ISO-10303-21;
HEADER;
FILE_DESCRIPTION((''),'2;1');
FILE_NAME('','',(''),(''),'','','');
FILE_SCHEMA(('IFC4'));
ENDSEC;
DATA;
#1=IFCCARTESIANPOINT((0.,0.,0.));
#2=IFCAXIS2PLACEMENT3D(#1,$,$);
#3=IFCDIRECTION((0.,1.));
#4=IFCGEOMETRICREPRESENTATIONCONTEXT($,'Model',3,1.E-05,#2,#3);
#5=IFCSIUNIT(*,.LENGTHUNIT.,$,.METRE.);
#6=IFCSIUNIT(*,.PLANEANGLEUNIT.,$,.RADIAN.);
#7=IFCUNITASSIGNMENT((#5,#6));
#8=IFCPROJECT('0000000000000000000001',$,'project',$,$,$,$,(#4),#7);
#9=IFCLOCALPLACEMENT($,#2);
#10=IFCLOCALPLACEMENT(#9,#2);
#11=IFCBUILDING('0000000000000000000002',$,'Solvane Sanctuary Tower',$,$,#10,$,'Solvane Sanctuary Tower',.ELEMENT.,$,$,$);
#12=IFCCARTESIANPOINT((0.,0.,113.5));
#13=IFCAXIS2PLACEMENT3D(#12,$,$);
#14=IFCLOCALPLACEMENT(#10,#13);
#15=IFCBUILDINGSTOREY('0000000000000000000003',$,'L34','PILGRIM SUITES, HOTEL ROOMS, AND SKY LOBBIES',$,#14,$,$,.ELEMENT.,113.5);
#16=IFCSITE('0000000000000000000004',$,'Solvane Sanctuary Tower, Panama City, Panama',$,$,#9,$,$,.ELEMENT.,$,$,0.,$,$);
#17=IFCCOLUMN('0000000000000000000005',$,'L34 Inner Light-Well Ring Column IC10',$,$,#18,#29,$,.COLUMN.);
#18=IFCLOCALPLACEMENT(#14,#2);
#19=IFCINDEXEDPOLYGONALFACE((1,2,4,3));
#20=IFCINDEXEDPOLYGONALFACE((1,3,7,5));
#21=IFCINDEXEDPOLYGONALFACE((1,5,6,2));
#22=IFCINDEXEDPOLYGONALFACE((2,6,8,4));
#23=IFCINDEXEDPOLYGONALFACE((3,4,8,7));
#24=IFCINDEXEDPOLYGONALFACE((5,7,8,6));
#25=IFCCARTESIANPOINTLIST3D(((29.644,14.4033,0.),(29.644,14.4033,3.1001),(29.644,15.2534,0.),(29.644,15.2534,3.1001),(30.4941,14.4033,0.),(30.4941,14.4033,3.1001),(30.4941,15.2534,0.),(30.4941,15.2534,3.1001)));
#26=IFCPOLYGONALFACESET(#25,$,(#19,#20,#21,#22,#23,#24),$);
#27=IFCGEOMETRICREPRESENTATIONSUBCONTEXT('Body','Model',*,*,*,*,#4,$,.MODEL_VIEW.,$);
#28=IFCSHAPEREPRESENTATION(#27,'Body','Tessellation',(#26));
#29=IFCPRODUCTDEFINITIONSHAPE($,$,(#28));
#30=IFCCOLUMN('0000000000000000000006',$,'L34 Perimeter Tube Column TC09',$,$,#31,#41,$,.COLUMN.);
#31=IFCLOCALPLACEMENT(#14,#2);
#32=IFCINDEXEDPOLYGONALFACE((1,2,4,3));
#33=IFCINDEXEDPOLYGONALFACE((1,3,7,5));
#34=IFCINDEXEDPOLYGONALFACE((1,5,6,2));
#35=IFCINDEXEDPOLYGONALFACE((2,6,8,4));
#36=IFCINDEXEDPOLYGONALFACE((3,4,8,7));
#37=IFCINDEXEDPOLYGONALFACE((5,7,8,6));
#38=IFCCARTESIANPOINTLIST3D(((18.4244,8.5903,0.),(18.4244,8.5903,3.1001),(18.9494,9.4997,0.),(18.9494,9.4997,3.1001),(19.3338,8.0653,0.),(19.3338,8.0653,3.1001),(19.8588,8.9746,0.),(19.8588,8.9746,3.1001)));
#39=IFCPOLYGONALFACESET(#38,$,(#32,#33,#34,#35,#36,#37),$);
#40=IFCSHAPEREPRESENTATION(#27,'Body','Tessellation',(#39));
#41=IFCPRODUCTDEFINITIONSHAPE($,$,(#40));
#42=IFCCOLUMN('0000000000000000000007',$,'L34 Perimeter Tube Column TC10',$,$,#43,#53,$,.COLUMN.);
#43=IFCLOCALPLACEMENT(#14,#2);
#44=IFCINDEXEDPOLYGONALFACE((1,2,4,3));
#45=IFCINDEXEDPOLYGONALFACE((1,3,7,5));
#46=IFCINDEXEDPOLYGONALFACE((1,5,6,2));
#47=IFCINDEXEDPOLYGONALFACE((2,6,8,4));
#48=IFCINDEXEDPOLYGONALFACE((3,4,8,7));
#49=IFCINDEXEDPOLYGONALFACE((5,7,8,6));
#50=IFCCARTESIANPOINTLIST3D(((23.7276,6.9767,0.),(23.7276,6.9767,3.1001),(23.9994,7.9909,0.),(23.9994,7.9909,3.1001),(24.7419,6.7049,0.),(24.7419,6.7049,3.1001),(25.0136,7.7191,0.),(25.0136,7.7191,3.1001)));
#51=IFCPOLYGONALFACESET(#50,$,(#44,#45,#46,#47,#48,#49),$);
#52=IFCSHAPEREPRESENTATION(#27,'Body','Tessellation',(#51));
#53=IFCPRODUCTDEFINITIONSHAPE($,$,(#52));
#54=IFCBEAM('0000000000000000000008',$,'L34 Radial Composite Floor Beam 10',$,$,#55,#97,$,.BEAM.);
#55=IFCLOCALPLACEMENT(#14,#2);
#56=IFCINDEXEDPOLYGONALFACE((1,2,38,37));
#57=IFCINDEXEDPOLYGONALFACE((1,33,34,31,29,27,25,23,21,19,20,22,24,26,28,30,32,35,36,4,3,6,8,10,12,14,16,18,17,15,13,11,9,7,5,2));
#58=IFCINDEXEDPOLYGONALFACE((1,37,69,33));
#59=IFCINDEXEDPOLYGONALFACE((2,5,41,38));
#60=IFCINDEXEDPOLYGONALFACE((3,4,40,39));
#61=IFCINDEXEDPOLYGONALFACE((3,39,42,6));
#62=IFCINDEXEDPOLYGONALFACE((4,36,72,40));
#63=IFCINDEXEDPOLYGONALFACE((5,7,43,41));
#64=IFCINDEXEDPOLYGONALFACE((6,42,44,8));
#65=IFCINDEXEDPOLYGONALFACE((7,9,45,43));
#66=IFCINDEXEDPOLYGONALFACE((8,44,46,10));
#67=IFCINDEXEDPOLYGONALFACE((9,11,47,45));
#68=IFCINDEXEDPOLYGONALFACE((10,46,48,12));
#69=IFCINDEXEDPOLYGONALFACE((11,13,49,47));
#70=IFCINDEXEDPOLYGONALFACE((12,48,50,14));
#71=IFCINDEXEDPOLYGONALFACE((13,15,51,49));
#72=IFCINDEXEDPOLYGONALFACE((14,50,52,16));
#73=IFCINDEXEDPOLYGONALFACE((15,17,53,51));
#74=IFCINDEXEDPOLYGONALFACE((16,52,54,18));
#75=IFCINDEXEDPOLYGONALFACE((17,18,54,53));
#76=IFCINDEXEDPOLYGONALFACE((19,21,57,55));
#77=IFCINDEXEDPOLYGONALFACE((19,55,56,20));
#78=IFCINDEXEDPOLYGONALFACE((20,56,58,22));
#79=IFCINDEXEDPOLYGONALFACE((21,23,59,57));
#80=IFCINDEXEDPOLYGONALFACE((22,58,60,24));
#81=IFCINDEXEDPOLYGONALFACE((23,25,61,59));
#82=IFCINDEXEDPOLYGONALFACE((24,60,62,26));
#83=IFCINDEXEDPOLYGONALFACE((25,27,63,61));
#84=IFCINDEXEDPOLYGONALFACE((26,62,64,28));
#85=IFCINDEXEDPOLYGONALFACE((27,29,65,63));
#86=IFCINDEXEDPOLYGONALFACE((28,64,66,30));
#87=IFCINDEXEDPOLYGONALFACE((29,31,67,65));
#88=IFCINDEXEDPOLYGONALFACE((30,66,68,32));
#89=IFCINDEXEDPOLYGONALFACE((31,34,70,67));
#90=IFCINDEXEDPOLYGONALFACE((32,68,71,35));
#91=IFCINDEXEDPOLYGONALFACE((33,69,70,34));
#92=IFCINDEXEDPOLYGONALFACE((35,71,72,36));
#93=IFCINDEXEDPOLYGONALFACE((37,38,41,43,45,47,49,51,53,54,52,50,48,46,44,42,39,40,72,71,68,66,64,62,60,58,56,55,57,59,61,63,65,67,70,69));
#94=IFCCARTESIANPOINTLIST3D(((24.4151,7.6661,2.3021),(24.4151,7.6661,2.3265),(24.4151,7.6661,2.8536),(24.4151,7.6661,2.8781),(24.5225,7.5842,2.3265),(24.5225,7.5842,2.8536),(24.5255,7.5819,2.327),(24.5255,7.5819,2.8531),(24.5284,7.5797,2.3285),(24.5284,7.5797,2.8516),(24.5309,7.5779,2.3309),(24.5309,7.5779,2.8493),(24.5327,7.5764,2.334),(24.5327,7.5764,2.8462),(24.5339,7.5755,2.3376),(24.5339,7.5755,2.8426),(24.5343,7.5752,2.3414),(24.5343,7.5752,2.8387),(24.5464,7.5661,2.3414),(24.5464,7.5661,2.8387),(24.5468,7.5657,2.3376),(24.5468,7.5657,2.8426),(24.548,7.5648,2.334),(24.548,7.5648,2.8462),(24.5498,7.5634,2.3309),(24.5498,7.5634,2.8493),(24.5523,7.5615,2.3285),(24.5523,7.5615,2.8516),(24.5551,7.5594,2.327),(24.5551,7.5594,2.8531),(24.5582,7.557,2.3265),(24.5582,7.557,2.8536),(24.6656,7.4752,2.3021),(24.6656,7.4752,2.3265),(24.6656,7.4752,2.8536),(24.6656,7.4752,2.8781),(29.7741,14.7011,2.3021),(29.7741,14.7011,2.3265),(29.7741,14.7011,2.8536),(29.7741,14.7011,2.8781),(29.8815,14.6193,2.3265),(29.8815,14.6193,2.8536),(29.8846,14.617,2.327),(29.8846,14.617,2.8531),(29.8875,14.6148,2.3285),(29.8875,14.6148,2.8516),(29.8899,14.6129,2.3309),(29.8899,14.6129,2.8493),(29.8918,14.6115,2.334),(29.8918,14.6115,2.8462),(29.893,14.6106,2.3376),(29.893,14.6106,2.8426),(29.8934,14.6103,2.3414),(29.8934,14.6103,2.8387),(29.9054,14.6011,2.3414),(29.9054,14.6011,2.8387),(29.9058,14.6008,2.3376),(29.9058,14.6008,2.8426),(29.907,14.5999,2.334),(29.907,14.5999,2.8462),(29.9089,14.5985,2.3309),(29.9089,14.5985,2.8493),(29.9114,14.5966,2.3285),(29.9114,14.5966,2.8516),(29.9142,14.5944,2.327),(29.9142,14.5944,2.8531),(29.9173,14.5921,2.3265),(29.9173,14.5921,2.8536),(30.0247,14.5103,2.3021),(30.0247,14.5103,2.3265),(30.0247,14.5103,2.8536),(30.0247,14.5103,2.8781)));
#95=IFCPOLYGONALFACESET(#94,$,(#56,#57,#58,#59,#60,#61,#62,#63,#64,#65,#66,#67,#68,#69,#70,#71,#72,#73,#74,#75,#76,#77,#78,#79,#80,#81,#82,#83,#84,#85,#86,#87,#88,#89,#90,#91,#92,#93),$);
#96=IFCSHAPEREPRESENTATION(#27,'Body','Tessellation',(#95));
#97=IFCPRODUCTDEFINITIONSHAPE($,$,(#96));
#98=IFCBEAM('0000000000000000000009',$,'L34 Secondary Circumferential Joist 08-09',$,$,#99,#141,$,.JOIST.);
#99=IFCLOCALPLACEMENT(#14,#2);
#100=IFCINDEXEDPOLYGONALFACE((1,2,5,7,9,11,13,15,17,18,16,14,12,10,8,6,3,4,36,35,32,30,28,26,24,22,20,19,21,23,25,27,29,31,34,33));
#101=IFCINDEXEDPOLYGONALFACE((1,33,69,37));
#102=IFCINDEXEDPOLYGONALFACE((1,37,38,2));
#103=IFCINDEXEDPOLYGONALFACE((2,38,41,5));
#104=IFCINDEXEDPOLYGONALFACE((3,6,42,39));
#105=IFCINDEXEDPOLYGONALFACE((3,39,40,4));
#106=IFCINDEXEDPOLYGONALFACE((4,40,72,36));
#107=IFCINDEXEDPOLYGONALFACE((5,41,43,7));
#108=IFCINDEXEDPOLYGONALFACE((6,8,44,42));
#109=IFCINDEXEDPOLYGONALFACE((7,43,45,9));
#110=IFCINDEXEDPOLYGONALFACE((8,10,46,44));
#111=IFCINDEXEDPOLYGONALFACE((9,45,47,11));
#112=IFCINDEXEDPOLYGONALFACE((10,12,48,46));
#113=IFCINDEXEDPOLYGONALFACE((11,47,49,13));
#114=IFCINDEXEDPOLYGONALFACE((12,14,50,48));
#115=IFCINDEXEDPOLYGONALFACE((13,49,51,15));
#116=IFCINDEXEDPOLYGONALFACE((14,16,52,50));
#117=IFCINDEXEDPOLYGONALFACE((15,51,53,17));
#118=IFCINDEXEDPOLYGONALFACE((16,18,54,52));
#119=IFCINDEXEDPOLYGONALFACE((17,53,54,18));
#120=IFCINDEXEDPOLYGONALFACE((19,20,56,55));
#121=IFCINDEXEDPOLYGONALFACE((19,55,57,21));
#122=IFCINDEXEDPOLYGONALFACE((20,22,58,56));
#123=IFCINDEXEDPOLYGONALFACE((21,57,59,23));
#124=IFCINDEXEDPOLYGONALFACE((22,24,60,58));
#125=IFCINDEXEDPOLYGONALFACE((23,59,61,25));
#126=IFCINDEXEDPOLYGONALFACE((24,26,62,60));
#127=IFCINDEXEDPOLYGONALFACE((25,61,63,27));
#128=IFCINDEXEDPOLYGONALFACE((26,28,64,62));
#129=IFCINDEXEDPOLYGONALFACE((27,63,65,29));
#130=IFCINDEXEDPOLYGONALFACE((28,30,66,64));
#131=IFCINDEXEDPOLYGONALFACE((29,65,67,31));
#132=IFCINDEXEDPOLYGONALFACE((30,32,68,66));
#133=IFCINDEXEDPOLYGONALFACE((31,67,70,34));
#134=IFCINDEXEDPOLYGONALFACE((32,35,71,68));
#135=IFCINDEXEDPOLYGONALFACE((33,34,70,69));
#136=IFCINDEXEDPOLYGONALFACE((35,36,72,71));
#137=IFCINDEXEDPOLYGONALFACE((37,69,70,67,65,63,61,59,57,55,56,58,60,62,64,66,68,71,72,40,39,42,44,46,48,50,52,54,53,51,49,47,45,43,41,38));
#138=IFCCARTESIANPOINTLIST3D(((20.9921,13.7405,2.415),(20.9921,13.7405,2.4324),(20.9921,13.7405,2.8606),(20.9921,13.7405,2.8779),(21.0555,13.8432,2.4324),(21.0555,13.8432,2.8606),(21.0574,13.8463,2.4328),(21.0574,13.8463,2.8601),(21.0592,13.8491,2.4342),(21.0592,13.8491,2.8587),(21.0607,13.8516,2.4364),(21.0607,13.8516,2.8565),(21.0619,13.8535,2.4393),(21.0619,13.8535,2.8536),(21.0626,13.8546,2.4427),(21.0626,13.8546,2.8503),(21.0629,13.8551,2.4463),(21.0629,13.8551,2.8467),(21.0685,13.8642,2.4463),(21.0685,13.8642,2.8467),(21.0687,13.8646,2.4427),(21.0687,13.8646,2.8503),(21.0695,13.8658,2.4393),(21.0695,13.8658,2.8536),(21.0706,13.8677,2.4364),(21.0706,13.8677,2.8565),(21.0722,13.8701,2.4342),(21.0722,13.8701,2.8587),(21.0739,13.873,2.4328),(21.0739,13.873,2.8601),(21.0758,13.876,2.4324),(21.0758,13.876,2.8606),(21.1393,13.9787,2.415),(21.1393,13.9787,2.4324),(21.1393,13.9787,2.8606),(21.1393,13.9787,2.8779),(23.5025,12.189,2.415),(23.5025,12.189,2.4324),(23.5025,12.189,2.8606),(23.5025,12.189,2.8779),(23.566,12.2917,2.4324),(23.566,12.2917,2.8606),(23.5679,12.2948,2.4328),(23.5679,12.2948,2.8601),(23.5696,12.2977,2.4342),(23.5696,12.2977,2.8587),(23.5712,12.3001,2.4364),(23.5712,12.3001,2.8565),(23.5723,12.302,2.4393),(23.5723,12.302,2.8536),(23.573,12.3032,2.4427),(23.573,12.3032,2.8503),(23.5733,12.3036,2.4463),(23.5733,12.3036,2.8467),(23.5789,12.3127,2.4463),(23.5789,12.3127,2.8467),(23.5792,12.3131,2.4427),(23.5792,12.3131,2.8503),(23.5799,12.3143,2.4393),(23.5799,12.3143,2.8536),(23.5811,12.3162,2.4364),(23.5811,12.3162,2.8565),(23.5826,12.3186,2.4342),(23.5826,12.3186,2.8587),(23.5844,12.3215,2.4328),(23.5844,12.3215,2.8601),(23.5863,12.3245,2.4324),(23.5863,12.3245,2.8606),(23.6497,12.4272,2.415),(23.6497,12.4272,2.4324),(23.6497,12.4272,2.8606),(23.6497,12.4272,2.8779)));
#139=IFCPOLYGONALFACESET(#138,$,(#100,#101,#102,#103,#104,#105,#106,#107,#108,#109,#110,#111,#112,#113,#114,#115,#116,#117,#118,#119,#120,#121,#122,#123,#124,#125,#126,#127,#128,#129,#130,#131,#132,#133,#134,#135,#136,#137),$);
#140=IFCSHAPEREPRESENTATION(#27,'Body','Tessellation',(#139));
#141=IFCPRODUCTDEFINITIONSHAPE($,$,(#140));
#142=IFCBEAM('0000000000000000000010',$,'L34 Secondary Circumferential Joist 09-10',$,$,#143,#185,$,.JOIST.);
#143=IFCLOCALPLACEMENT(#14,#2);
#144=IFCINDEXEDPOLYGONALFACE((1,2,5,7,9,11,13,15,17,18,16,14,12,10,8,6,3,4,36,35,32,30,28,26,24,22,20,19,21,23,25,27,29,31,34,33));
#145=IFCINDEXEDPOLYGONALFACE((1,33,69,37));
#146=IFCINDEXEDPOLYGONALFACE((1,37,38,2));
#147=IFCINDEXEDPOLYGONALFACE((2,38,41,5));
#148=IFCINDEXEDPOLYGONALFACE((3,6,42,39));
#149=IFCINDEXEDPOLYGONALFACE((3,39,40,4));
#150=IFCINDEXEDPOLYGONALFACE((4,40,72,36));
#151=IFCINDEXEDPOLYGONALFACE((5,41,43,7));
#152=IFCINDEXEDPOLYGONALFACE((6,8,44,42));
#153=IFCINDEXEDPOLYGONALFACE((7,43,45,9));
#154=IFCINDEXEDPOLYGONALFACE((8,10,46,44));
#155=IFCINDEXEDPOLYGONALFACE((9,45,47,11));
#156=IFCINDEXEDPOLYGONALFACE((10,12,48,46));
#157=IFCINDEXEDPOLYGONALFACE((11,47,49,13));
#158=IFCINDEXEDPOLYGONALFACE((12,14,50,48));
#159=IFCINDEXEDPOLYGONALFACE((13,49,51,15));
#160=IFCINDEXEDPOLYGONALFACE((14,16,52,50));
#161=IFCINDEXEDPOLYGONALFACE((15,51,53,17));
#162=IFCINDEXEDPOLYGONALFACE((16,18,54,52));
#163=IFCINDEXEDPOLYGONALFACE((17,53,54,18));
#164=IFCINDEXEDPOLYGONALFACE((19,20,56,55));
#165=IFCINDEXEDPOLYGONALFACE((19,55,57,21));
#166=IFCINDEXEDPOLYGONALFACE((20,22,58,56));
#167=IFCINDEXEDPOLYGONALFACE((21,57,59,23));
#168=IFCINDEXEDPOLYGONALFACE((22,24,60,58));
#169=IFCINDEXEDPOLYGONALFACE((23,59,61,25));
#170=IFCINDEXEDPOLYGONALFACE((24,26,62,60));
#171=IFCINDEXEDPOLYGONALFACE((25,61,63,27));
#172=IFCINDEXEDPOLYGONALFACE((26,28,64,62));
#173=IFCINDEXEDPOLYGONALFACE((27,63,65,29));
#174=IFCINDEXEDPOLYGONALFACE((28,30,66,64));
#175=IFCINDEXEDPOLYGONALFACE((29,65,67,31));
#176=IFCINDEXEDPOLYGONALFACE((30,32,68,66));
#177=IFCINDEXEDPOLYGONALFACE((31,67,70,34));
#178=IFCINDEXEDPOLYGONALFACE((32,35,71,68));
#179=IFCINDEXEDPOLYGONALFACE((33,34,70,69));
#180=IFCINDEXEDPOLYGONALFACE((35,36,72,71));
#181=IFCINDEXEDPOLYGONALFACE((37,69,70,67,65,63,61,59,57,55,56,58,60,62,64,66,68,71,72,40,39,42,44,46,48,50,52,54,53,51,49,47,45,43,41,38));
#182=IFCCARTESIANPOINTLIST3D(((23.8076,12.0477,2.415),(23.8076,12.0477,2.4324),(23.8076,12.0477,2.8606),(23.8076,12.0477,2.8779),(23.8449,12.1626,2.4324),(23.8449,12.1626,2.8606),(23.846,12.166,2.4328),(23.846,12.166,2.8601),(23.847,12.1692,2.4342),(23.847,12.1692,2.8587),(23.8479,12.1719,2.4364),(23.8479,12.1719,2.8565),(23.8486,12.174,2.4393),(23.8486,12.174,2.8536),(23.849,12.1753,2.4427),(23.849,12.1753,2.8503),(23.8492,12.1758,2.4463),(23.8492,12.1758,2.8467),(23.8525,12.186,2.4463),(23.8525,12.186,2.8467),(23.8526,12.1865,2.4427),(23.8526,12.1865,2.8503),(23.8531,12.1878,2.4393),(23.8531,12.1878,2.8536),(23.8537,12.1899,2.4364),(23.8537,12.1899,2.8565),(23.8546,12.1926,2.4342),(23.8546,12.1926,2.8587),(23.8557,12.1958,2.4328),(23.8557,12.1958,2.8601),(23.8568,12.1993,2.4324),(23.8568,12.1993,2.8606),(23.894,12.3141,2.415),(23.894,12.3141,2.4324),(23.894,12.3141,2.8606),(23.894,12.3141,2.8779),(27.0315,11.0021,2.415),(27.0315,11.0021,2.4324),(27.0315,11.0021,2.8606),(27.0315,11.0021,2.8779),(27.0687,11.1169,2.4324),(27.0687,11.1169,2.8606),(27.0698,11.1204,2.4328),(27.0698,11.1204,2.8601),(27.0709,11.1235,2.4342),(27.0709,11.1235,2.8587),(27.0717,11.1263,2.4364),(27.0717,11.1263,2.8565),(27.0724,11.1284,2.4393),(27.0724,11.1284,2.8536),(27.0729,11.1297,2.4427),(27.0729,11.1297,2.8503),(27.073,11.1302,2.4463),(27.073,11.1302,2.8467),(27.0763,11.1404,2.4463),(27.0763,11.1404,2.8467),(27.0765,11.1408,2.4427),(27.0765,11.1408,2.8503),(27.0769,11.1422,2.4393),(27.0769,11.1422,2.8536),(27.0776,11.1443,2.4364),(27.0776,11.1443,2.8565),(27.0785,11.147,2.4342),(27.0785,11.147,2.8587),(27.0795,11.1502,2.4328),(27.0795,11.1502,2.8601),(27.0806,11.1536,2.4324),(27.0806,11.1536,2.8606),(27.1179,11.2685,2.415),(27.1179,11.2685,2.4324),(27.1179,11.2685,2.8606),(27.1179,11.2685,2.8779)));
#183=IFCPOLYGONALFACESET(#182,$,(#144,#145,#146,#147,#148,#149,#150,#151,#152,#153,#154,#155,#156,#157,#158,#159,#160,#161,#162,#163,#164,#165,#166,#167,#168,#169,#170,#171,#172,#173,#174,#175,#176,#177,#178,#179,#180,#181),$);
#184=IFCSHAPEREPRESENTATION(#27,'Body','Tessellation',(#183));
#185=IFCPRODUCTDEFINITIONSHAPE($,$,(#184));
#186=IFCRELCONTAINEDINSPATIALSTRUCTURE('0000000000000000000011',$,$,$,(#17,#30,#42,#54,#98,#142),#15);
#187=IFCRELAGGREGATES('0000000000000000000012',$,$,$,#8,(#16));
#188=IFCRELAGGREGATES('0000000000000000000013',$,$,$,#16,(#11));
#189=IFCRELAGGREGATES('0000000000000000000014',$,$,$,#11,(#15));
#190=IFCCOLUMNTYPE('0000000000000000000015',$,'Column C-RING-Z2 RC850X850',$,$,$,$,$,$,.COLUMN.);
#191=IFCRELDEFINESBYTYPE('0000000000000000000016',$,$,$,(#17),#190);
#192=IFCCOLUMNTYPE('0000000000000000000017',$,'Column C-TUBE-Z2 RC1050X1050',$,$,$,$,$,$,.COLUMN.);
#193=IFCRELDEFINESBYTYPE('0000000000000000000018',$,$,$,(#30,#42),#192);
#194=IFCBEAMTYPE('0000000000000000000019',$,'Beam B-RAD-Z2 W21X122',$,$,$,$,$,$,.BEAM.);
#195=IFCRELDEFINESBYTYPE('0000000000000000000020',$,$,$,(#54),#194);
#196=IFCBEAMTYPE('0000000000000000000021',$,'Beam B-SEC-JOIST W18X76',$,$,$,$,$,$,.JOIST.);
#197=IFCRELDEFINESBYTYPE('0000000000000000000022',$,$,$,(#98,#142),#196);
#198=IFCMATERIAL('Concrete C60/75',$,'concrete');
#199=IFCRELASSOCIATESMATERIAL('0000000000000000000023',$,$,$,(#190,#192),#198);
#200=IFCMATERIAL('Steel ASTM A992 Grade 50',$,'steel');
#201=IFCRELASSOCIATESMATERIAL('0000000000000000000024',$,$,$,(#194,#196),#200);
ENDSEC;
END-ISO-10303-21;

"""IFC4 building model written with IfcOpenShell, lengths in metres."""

from ifc_helpers import new_model, si_unit, direction, frame, origin, origin_2d, place, context, subcontext, project, spatial, rectangle, i_section, extrude, material, material_profile, profile_set, type_object, element, save


model = new_model("IFC4")

# Units and contexts
model_context = context("Model", 3, precision=1e-05, world=origin(), true_north=direction((0.0, 1.0)))
body_context = subcontext(model_context, "Body", "Model", "MODEL_VIEW")
ifc_project = project(units=[si_unit("LENGTHUNIT", "METRE"), si_unit("PLANEANGLEUNIT", "RADIAN")], contexts=[model_context])

# Site, building, storey
site_placement = place(None, origin())
site = spatial("IfcSite", under=ifc_project, at=site_placement, Name="Solvane Sanctuary Tower, Panama City, Panama", CompositionType="ELEMENT", RefElevation=0.0)
building_placement = place(site_placement, origin())
building = spatial("IfcBuilding", under=site, at=building_placement, Name="Solvane Sanctuary Tower", LongName="Solvane Sanctuary Tower", CompositionType="ELEMENT")
storey_placement = place(building_placement, frame((0.0, 0.0, 113.5)))
storey = spatial("IfcBuildingStorey", under=building, at=storey_placement, Name="L34", Description="PILGRIM SUITES, HOTEL ROOMS, AND SKY LOBBIES", CompositionType="ELEMENT", Elevation=113.5)

# Columns
ifc_material_1 = material(Name="Concrete C60/75", Category="concrete")
ifc_material_profile_1 = material_profile(ifc_material_1, rectangle(XDim=0.8501, YDim=0.8501, at=origin_2d()), Name="RC850X850")
ifc_profile_set_1 = profile_set([ifc_material_profile_1], Name="Concrete C60/75")
column_type_1 = type_object("IfcColumnType", Name="Column C-RING-Z2 RC850X850", PredefinedType="COLUMN", material=ifc_profile_set_1)
column_placement = place(storey_placement, frame((30.0691, 14.8284, 0.0), z_axis=(0.0, 0.0, 1.0), x_axis=(1.0, 0.0, 0.0)))
element("IfcColumn", 1, at=column_placement, inside=storey, type_object=column_type_1, Name="L34 Inner Light-Well Ring Column IC10", PredefinedType="COLUMN", context=body_context, shape_type="SweptSolid", body=[
    extrude(rectangle(XDim=0.8501, YDim=0.8501, at=origin_2d()), origin(), (0.0, 0.0, 1.0), 3.1001),
])
ifc_material_profile_2 = material_profile(ifc_material_1, rectangle(XDim=1.05, YDim=1.05, at=origin_2d()), Name="RC1050X1050")
ifc_profile_set_2 = profile_set([ifc_material_profile_2], Name="Concrete C60/75")
column_type_2 = type_object("IfcColumnType", Name="Column C-TUBE-Z2 RC1050X1050", PredefinedType="COLUMN", material=ifc_profile_set_2)
for number, where, z_axis, x_axis, name in (
    (2, (19.1416, 8.7825, 0.0), (0.0, 0.0, 1.0), (-0.5, -0.866025, 0.0), "L34 Perimeter Tube Column TC09"),
    (3, (24.3706, 7.3479, 0.0), (0.0, 0.0, 1.0), (-0.258819, -0.965926, 0.0), "L34 Perimeter Tube Column TC10"),
):
    element("IfcColumn", number, at=place(storey_placement, frame(where, z_axis=z_axis, x_axis=x_axis)), inside=storey, type_object=column_type_2, Name=name, PredefinedType="COLUMN", context=body_context, shape_type="SweptSolid", body=[
        extrude(rectangle(XDim=1.05, YDim=1.05, at=origin_2d()), origin(), (0.0, 0.0, 1.0), 3.1001),
    ])

# Beams
ifc_material_2 = material(Name="Steel ASTM A992 Grade 50", Category="steel")
ifc_material_profile_3 = material_profile(ifc_material_2, i_section(OverallWidth=0.3149, OverallDepth=0.5759, WebThickness=0.0151, FlangeThickness=0.0244, FilletRadius=0.0149, at=origin_2d()), Name="W21X122")
ifc_profile_set_3 = profile_set([ifc_material_profile_3], Name="Steel ASTM A992 Grade 50")
beam_type_1 = type_object("IfcBeamType", Name="Beam B-RAD-Z2 W21X122", PredefinedType="BEAM", material=ifc_profile_set_3)
beam_1_placement = place(storey_placement, frame((29.8994, 14.6057, 2.5901), z_axis=(-0.605973, -0.795486, 0.0), x_axis=(0.795486, -0.605973, 0.0)))
element("IfcBeam", 4, at=beam_1_placement, inside=storey, type_object=beam_type_1, Name="L34 Radial Composite Floor Beam 10", PredefinedType="BEAM", context=body_context, shape_type="SweptSolid", body=[
    extrude(i_section(OverallWidth=0.3149, OverallDepth=0.5759, WebThickness=0.0151, FlangeThickness=0.0244, FilletRadius=0.0149, at=origin_2d()), origin(), (0.0, 0.0, 1.0), 8.8438),
])
ifc_material_profile_4 = material_profile(ifc_material_2, i_section(OverallWidth=0.28, OverallDepth=0.4629, WebThickness=0.0107, FlangeThickness=0.0173, FilletRadius=0.0139, at=origin_2d()), Name="W18X76")
ifc_profile_set_4 = profile_set([ifc_material_profile_4], Name="Steel ASTM A992 Grade 50")
beam_type_2 = type_object("IfcBeamType", Name="Beam B-SEC-JOIST W18X76", PredefinedType="JOIST", material=ifc_profile_set_4)
beam_2_placement = place(storey_placement, frame((21.0657, 13.8596, 2.6465), z_axis=(0.85066, -0.525717, 0.0), x_axis=(0.525717, 0.85066, 0.0)))
element("IfcBeam", 5, at=beam_2_placement, inside=storey, type_object=beam_type_2, Name="L34 Secondary Circumferential Joist 08-09", PredefinedType="JOIST", context=body_context, shape_type="SweptSolid", body=[
    extrude(i_section(OverallWidth=0.28, OverallDepth=0.4629, WebThickness=0.0107, FlangeThickness=0.0173, FilletRadius=0.0139, at=origin_2d()), origin(), (0.0, 0.0, 1.0), 2.9512),
])
beam_3_placement = place(storey_placement, frame((23.8508, 12.1809, 2.6465), z_axis=(0.951217, -0.308524, 0.0), x_axis=(0.308524, 0.951217, 0.0)))
element("IfcBeam", 6, at=beam_3_placement, inside=storey, type_object=beam_type_2, Name="L34 Secondary Circumferential Joist 09-10", PredefinedType="JOIST", context=body_context, shape_type="SweptSolid", body=[
    extrude(i_section(OverallWidth=0.28, OverallDepth=0.4629, WebThickness=0.0107, FlangeThickness=0.0173, FilletRadius=0.0139, at=origin_2d()), origin(), (0.0, 0.0, 1.0), 3.3892),
])

save(model, "model.ifc")
